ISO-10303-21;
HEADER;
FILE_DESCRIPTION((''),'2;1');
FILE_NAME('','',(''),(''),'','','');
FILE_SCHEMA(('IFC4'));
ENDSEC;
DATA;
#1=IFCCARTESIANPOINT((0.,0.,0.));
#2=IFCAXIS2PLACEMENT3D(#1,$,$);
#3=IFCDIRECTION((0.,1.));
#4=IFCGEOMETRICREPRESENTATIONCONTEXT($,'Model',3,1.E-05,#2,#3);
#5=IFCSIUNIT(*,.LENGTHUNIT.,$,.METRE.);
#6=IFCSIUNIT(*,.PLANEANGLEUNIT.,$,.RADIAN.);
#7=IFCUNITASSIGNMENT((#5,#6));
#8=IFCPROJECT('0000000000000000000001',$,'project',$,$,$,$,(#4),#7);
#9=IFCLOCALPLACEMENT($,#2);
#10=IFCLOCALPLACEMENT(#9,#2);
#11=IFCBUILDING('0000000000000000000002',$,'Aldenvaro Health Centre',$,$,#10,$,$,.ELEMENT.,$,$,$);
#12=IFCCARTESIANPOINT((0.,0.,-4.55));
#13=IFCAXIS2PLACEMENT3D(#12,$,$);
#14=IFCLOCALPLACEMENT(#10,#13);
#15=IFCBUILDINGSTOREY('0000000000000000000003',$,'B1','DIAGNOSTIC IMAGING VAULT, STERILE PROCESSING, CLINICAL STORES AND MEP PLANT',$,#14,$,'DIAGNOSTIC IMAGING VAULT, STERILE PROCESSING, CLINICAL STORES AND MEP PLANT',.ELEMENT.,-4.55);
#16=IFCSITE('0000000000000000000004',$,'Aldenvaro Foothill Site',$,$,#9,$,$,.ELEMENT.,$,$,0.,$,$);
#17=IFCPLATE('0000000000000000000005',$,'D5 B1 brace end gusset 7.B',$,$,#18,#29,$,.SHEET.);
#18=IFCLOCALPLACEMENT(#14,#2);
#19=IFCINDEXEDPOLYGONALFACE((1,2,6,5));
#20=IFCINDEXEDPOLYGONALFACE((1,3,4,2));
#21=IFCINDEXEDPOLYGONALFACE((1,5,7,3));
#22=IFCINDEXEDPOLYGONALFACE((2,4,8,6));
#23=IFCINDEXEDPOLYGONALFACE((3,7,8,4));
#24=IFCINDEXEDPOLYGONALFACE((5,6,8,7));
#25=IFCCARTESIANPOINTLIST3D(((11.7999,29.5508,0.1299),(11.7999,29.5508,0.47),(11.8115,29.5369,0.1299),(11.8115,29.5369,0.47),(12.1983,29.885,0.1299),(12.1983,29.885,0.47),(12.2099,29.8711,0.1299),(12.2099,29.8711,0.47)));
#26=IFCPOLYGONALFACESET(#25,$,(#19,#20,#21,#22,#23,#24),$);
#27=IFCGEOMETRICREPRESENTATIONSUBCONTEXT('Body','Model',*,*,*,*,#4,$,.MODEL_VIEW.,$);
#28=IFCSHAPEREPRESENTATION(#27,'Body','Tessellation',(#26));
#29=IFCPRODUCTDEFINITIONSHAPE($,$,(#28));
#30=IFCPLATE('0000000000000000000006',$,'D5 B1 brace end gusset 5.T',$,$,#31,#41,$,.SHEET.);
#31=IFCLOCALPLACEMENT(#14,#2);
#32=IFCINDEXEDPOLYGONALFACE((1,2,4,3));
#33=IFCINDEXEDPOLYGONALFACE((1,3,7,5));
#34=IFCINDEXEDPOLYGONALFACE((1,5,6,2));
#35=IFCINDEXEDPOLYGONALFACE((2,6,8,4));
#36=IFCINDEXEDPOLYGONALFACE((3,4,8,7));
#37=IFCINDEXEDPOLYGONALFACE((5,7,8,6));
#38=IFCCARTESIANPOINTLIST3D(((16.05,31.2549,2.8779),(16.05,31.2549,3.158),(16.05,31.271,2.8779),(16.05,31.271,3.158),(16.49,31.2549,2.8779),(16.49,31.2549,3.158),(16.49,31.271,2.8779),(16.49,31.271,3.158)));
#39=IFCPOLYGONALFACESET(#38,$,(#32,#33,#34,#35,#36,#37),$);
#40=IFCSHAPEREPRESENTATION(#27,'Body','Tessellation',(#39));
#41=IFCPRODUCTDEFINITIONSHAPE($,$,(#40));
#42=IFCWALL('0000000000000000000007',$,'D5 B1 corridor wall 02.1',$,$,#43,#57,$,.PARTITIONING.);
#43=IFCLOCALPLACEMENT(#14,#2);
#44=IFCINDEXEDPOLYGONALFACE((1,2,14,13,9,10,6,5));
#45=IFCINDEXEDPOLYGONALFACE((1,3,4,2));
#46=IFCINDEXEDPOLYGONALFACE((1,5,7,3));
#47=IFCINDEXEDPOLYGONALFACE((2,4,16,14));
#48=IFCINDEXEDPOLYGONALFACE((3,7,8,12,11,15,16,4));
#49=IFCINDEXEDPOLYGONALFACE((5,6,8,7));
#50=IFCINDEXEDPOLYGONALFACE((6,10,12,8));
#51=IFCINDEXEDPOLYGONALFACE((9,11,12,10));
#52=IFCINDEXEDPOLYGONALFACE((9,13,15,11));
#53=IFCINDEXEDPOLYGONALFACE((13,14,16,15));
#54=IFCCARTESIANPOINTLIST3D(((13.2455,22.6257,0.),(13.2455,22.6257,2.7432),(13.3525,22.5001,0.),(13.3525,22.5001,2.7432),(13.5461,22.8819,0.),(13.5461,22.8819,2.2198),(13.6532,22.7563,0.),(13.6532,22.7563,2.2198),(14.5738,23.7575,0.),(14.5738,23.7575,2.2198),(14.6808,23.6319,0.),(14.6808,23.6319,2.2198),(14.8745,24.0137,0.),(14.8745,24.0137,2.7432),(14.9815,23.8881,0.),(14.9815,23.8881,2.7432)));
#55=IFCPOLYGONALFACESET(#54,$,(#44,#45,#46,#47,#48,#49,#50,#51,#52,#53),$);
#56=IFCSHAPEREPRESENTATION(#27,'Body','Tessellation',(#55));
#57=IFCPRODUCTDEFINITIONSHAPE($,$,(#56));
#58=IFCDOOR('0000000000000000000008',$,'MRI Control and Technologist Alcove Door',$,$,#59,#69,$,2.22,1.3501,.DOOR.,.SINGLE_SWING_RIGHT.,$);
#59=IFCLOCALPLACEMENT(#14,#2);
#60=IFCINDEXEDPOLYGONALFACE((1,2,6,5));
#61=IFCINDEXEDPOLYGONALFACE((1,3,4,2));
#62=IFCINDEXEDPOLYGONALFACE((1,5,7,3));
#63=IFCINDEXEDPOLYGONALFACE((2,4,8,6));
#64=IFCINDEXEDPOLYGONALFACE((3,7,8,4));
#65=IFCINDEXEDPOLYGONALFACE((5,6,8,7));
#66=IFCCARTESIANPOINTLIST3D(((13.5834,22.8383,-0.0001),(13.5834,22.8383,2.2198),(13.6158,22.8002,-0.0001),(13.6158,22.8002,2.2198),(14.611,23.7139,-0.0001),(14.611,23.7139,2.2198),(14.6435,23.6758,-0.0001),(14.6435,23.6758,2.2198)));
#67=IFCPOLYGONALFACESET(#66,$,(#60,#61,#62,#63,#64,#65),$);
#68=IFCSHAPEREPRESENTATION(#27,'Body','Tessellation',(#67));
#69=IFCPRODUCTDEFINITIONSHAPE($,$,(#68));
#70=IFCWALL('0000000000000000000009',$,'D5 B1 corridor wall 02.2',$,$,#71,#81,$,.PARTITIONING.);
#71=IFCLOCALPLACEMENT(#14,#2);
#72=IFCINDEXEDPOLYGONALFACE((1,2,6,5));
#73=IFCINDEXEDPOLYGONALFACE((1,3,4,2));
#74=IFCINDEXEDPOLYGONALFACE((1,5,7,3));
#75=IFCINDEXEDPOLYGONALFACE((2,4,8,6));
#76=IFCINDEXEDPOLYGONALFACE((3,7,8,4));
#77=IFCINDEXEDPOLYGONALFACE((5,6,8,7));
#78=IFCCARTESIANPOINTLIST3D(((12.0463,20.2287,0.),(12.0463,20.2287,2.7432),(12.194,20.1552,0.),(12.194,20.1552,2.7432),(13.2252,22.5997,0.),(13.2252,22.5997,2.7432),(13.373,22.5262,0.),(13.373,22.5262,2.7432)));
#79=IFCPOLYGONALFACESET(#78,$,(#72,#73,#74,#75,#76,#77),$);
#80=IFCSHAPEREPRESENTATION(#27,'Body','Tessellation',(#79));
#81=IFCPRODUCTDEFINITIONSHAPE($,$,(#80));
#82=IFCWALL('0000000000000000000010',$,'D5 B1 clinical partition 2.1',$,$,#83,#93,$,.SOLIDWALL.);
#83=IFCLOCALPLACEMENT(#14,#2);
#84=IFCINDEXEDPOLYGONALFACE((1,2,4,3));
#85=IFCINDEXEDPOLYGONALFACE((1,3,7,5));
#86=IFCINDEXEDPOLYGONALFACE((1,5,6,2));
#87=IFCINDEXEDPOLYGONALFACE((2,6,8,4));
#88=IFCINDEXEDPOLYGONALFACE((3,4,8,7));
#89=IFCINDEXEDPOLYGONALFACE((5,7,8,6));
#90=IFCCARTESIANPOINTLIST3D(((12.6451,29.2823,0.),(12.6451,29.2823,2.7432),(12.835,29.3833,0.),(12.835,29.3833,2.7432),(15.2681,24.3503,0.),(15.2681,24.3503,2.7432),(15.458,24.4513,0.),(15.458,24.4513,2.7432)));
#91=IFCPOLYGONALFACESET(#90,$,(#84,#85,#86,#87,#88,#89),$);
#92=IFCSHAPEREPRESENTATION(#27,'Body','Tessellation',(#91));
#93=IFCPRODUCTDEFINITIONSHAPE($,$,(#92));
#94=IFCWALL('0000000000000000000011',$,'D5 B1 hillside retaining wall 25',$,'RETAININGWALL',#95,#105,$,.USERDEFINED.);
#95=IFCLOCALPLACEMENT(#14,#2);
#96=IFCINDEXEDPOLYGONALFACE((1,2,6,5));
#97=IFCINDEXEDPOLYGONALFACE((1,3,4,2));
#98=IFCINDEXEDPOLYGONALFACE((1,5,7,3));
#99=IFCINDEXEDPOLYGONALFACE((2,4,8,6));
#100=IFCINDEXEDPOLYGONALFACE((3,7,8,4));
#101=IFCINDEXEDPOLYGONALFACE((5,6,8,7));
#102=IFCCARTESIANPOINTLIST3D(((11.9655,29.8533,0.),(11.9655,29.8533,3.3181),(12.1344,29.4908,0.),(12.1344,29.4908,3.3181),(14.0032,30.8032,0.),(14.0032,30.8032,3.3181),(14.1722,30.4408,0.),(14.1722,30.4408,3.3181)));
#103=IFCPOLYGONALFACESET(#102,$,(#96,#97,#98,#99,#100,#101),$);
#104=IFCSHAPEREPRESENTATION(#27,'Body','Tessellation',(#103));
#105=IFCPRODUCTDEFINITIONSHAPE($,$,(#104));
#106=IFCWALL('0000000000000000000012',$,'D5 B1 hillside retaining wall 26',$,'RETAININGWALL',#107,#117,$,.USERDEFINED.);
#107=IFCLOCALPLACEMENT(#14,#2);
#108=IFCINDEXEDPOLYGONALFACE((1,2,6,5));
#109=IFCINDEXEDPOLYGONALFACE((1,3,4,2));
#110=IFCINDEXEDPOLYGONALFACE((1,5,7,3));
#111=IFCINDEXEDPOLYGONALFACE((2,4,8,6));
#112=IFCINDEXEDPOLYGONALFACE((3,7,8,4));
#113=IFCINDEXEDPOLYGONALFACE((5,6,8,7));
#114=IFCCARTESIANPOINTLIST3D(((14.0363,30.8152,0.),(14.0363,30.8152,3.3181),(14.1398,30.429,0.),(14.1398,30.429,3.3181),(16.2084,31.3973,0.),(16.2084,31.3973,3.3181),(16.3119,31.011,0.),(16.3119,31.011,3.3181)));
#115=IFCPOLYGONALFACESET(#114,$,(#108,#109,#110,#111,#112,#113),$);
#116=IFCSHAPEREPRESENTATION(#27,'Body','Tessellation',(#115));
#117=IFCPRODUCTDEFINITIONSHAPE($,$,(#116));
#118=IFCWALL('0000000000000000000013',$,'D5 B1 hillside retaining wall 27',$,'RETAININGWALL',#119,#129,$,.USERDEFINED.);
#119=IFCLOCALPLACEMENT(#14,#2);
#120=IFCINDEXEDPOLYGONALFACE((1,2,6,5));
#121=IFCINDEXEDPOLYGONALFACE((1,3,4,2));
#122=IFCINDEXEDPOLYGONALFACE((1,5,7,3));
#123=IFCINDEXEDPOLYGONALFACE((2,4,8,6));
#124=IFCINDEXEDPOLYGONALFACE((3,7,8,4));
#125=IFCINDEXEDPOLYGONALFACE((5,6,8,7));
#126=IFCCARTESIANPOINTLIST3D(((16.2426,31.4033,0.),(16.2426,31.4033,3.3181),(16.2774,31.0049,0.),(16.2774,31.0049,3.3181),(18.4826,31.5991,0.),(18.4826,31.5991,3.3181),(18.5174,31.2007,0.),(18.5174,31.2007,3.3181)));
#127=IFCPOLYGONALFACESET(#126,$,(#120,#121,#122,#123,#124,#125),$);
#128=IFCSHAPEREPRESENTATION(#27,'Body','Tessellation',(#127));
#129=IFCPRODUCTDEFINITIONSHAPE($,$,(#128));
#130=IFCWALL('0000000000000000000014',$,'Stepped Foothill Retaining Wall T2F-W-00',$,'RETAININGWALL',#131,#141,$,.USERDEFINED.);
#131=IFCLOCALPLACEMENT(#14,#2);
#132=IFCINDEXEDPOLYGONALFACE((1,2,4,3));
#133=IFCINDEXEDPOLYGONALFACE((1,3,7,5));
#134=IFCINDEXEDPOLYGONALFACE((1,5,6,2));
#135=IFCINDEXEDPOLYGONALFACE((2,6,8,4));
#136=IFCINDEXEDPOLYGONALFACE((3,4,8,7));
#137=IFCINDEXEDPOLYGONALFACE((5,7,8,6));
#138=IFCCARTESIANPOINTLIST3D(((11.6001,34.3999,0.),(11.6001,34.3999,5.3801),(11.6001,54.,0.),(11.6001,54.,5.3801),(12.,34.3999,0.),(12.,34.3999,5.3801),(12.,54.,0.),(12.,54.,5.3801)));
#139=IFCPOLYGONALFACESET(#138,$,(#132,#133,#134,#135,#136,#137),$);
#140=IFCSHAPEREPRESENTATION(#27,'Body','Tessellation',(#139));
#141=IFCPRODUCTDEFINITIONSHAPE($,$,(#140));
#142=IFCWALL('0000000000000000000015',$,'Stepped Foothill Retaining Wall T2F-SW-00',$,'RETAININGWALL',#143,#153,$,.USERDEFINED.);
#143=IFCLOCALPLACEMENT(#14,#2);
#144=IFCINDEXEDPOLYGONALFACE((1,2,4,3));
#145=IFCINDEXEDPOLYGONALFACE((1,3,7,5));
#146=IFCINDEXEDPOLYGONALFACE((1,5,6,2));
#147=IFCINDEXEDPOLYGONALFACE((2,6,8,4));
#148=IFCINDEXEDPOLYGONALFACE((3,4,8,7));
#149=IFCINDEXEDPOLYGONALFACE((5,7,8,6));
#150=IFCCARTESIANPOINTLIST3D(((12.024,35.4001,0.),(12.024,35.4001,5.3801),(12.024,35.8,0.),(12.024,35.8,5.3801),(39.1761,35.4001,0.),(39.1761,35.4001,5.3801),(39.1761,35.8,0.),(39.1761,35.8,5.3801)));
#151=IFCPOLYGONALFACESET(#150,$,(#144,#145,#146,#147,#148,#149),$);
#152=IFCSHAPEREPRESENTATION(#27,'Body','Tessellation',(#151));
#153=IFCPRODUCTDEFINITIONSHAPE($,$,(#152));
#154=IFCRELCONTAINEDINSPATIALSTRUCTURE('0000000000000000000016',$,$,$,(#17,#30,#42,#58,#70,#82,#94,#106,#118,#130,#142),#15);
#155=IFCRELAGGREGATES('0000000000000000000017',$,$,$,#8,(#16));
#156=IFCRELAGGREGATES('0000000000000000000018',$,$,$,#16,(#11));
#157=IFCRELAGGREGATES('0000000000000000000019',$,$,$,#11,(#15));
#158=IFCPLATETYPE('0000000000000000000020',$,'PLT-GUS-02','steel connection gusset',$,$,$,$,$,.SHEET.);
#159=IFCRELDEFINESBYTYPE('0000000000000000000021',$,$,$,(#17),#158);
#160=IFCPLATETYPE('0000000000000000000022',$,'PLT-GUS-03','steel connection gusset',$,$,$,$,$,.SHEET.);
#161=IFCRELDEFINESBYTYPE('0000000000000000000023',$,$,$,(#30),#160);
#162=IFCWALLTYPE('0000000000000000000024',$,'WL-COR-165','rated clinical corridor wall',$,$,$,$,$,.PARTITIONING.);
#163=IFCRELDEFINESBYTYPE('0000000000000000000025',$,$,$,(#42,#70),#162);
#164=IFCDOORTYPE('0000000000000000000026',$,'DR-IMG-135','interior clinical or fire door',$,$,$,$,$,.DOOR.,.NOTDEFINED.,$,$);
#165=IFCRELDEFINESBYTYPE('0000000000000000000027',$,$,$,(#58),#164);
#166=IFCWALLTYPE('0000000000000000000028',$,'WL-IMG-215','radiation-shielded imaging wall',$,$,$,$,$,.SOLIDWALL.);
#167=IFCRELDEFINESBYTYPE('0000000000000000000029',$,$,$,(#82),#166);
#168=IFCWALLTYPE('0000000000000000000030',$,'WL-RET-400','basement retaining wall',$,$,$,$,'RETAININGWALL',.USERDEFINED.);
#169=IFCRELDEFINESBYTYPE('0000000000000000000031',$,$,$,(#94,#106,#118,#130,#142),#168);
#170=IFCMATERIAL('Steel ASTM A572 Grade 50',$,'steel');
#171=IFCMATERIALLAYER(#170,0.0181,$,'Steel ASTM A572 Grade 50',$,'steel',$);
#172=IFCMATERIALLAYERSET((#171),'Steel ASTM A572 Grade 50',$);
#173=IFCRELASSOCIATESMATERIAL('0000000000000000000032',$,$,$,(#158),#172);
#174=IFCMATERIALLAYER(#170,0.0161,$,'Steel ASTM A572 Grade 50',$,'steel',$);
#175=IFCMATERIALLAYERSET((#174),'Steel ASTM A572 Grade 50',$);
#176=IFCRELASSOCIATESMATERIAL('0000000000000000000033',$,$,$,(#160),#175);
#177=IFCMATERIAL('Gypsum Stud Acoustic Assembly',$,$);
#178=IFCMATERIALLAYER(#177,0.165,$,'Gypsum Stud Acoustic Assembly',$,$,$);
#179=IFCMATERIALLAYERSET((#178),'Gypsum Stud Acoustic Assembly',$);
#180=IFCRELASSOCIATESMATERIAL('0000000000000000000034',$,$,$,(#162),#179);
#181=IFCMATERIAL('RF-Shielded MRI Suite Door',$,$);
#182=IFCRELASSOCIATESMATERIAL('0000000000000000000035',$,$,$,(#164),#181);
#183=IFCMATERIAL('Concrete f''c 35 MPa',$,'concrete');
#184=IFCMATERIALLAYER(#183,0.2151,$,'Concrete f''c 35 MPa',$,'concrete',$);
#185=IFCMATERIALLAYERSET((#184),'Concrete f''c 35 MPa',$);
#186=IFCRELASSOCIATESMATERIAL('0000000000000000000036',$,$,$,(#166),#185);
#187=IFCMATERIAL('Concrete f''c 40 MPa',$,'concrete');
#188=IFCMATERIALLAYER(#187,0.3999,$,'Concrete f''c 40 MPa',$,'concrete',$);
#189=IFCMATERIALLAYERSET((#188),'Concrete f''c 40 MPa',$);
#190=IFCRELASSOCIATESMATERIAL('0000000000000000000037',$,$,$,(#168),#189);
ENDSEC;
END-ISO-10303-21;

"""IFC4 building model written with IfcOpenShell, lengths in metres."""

from ifc_helpers import new_model, si_unit, direction, frame, frame_2d, origin, origin_2d, place, context, subcontext, project, spatial, rectangle, extrude, material, layer, layer_set, type_object, element, fill, save


model = new_model("IFC4")

# Units and contexts
model_context = context("Model", 3, precision=1e-05, world=origin(), true_north=direction((0.0, 1.0)))
body_context = subcontext(model_context, "Body", "Model", "MODEL_VIEW")
ifc_project = project(units=[si_unit("LENGTHUNIT", "METRE"), si_unit("PLANEANGLEUNIT", "RADIAN")], contexts=[model_context])

# Site, building, storey
site_placement = place(None, origin())
site = spatial("IfcSite", under=ifc_project, at=site_placement, Name="Aldenvaro Foothill Site", CompositionType="ELEMENT", RefElevation=0.0)
building_placement = place(site_placement, origin())
building = spatial("IfcBuilding", under=site, at=building_placement, Name="Aldenvaro Health Centre", CompositionType="ELEMENT")
storey_placement = place(building_placement, frame((0.0, 0.0, -4.55)))
storey = spatial("IfcBuildingStorey", under=building, at=storey_placement, Name="B1", Description="DIAGNOSTIC IMAGING VAULT, STERILE PROCESSING, CLINICAL STORES AND MEP PLANT", LongName="DIAGNOSTIC IMAGING VAULT, STERILE PROCESSING, CLINICAL STORES AND MEP PLANT", CompositionType="ELEMENT", Elevation=-4.55)

# Shared definitions
ifc_material_1 = material(Name="Concrete f'c 40 MPa", Category="concrete")

# Plates
ifc_material_2 = material(Name="Steel ASTM A572 Grade 50", Category="steel")
ifc_layer_1 = layer(ifc_material_2, 0.0181, Name="Steel ASTM A572 Grade 50", Category="steel")
ifc_layer_set_1 = layer_set([ifc_layer_1], Name="Steel ASTM A572 Grade 50")
plate_type_1 = type_object("IfcPlateType", Name="PLT-GUS-02", Description="steel connection gusset", PredefinedType="SHEET", material=ifc_layer_set_1)
plate_1_placement = place(storey_placement, frame((12.0049, 29.7109, 0.1299), z_axis=(0.0, 0.0, 1.0), x_axis=(-0.766157, -0.642654, 0.0)))
element("IfcPlate", 1, at=plate_1_placement, inside=storey, type_object=plate_type_1, Name="D5 B1 brace end gusset 7.B", PredefinedType="SHEET", context=body_context, shape_type="SweptSolid", body=[
    extrude(rectangle(XDim=0.52, YDim=0.0181, at=origin_2d()), origin(), (0.0, 0.0, 1.0), 0.3401),
])
ifc_layer_2 = layer(ifc_material_2, 0.0161, Name="Steel ASTM A572 Grade 50", Category="steel")
ifc_layer_set_2 = layer_set([ifc_layer_2], Name="Steel ASTM A572 Grade 50")
plate_type_2 = type_object("IfcPlateType", Name="PLT-GUS-03", Description="steel connection gusset", PredefinedType="SHEET", material=ifc_layer_set_2)
plate_2_placement = place(storey_placement, frame((16.27, 31.2629, 2.8779), z_axis=(0.0, 0.0, 1.0), x_axis=(-1.0, 0.0, 0.0)))
element("IfcPlate", 2, at=plate_2_placement, inside=storey, type_object=plate_type_2, Name="D5 B1 brace end gusset 5.T", PredefinedType="SHEET", context=body_context, shape_type="SweptSolid", body=[
    extrude(rectangle(XDim=0.4399, YDim=0.0161, at=origin_2d()), origin(), (0.0, 0.0, 1.0), 0.28),
])

# Wall, opening, door
ifc_material_3 = material(Name="Gypsum Stud Acoustic Assembly")
ifc_layer_3 = layer(ifc_material_3, 0.165, Name="Gypsum Stud Acoustic Assembly")
ifc_layer_set_3 = layer_set([ifc_layer_3], Name="Gypsum Stud Acoustic Assembly")
wall_type_1 = type_object("IfcWallType", Name="WL-COR-165", Description="rated clinical corridor wall", PredefinedType="PARTITIONING", material=ifc_layer_set_3)
wall_1_placement = place(storey_placement, frame((14.928, 23.9509, 0.0), z_axis=(0.0, 0.0, 1.0), x_axis=(-0.761162, -0.648562, 0.0)))
wall_1 = element("IfcWall", 3, at=wall_1_placement, inside=storey, type_object=wall_type_1, Name="D5 B1 corridor wall 02.1", PredefinedType="PARTITIONING", context=body_context, shape_type="SweptSolid", body=[
    extrude(rectangle(XDim=2.1401, YDim=0.165, at=frame_2d((1.0701, 0.0))), origin(), (0.0, 0.0, 1.0), 2.7432),
])
opening_placement = place(wall_1_placement, frame((0.395, 0.0, 0.0)))
opening = element("IfcOpeningElement", 4, at=opening_placement, cuts=wall_1, PredefinedType="OPENING", context=body_context, shape_type="SweptSolid", body=[
    extrude(rectangle(XDim=1.3501, YDim=2.22, at=frame_2d((0.675, 1.1099))), frame((0.0, 0.0925, 0.0), z_axis=(0.0, -1.0, 0.0), x_axis=(1.0, 0.0, 0.0)), (0.0, 0.0, 1.0), 0.1851),
])
ifc_material_4 = material(Name="RF-Shielded MRI Suite Door")
door_type = type_object("IfcDoorType", Name="DR-IMG-135", Description="interior clinical or fire door", OperationType="NOTDEFINED", PredefinedType="DOOR", material=ifc_material_4)
door_placement = place(opening_placement, origin())
door = element("IfcDoor", 5, at=door_placement, inside=storey, type_object=door_type, Name="MRI Control and Technologist Alcove Door", OperationType="SINGLE_SWING_RIGHT", OverallHeight=2.22, OverallWidth=1.3501, PredefinedType="DOOR", context=body_context, shape_type="SweptSolid", body=[
    extrude(rectangle(XDim=1.3501, YDim=2.22, at=frame_2d((0.675, 1.1099))), frame((0.0, 0.0249, 0.0), z_axis=(0.0, -1.0, 0.0), x_axis=(1.0, 0.0, 0.0)), (0.0, 0.0, 1.0), 0.05),
])
fill(opening, door)

# Walls
wall_2_placement = place(storey_placement, frame((13.2991, 22.563, 0.0), z_axis=(0.0, 0.0, 1.0), x_axis=(-0.445221, -0.895421, 0.0)))
element("IfcWall", 6, at=wall_2_placement, inside=storey, type_object=wall_type_1, Name="D5 B1 corridor wall 02.2", PredefinedType="PARTITIONING", context=body_context, shape_type="SweptSolid", body=[
    extrude(rectangle(XDim=2.6479, YDim=0.165, at=frame_2d((1.324, 0.0))), origin(), (0.0, 0.0, 1.0), 2.7432),
])
ifc_material_5 = material(Name="Concrete f'c 35 MPa", Category="concrete")
ifc_layer_4 = layer(ifc_material_5, 0.2151, Name="Concrete f'c 35 MPa", Category="concrete")
ifc_layer_set_4 = layer_set([ifc_layer_4], Name="Concrete f'c 35 MPa")
wall_type_2 = type_object("IfcWallType", Name="WL-IMG-215", Description="radiation-shielded imaging wall", PredefinedType="SOLIDWALL", material=ifc_layer_set_4)
wall_3_placement = place(storey_placement, frame((15.363, 24.4009, 0.0), z_axis=(0.0, 0.0, 1.0), x_axis=(-0.469554, 0.882904, 0.0)))
element("IfcWall", 7, at=wall_3_placement, inside=storey, type_object=wall_type_2, Name="D5 B1 clinical partition 2.1", PredefinedType="SOLIDWALL", context=body_context, shape_type="SweptSolid", body=[
    extrude(rectangle(XDim=5.5862, YDim=0.2151, at=frame_2d((2.793, 0.0))), origin(), (0.0, 0.0, 1.0), 2.7432),
])
ifc_layer_5 = layer(ifc_material_1, 0.3999, Name="Concrete f'c 40 MPa", Category="concrete")
ifc_layer_set_5 = layer_set([ifc_layer_5], Name="Concrete f'c 40 MPa")
wall_type_3 = type_object("IfcWallType", Name="WL-RET-400", Description="basement retaining wall", ElementType="RETAININGWALL", PredefinedType="USERDEFINED", material=ifc_layer_set_5)
wall_4_placement = place(storey_placement, frame((12.05, 29.6721, 0.0), z_axis=(0.0, 0.0, 1.0), x_axis=(0.906361, 0.422505, 0.0)))
element("IfcWall", 8, at=wall_4_placement, inside=storey, type_object=wall_type_3, Name="D5 B1 hillside retaining wall 25", ObjectType="RETAININGWALL", PredefinedType="USERDEFINED", context=body_context, shape_type="SweptSolid", body=[
    extrude(rectangle(XDim=2.2483, YDim=0.3999, at=frame_2d((1.124, 0.0))), origin(), (0.0, 0.0, 1.0), 3.3181),
])
wall_5_placement = place(storey_placement, frame((14.0879, 30.6221, 0.0), z_axis=(0.0, 0.0, 1.0), x_axis=(0.965924, 0.258825, 0.0)))
element("IfcWall", 9, at=wall_5_placement, inside=storey, type_object=wall_type_3, Name="D5 B1 hillside retaining wall 26", ObjectType="RETAININGWALL", PredefinedType="USERDEFINED", context=body_context, shape_type="SweptSolid", body=[
    extrude(rectangle(XDim=2.2488, YDim=0.3999, at=frame_2d((1.1245, 0.0))), origin(), (0.0, 0.0, 1.0), 3.3181),
])
wall_6_placement = place(storey_placement, frame((16.26, 31.2041, 0.0), z_axis=(0.0, 0.0, 1.0), x_axis=(0.996201, 0.087079, 0.0)))
element("IfcWall", 10, at=wall_6_placement, inside=storey, type_object=wall_type_3, Name="D5 B1 hillside retaining wall 27", ObjectType="RETAININGWALL", PredefinedType="USERDEFINED", context=body_context, shape_type="SweptSolid", body=[
    extrude(rectangle(XDim=2.2485, YDim=0.3999, at=frame_2d((1.1243, 0.0))), origin(), (0.0, 0.0, 1.0), 3.3181),
])
wall_7_placement = place(storey_placement, frame((11.8, 34.3999, 0.0), z_axis=(0.0, 0.0, 1.0), x_axis=(0.0, 1.0, 0.0)))
element("IfcWall", 11, at=wall_7_placement, inside=storey, type_object=wall_type_3, Name="Stepped Foothill Retaining Wall T2F-W-00", ObjectType="RETAININGWALL", PredefinedType="USERDEFINED", context=body_context, shape_type="SweptSolid", body=[
    extrude(rectangle(XDim=19.6001, YDim=0.3999, at=frame_2d((9.8, 0.0))), origin(), (0.0, 0.0, 1.0), 5.3801),
])
wall_8_placement = place(storey_placement, frame((12.0239, 35.6001, 0.0), z_axis=(0.0, 0.0, 1.0), x_axis=(1.0, 0.0, 0.0)))
element("IfcWall", 12, at=wall_8_placement, inside=storey, type_object=wall_type_3, Name="Stepped Foothill Retaining Wall T2F-SW-00", ObjectType="RETAININGWALL", PredefinedType="USERDEFINED", context=body_context, shape_type="SweptSolid", body=[
    extrude(rectangle(XDim=27.1521, YDim=0.3999, at=frame_2d((13.5762, 0.0))), origin(), (0.0, 0.0, 1.0), 5.3801),
])

save(model, "model.ifc")
